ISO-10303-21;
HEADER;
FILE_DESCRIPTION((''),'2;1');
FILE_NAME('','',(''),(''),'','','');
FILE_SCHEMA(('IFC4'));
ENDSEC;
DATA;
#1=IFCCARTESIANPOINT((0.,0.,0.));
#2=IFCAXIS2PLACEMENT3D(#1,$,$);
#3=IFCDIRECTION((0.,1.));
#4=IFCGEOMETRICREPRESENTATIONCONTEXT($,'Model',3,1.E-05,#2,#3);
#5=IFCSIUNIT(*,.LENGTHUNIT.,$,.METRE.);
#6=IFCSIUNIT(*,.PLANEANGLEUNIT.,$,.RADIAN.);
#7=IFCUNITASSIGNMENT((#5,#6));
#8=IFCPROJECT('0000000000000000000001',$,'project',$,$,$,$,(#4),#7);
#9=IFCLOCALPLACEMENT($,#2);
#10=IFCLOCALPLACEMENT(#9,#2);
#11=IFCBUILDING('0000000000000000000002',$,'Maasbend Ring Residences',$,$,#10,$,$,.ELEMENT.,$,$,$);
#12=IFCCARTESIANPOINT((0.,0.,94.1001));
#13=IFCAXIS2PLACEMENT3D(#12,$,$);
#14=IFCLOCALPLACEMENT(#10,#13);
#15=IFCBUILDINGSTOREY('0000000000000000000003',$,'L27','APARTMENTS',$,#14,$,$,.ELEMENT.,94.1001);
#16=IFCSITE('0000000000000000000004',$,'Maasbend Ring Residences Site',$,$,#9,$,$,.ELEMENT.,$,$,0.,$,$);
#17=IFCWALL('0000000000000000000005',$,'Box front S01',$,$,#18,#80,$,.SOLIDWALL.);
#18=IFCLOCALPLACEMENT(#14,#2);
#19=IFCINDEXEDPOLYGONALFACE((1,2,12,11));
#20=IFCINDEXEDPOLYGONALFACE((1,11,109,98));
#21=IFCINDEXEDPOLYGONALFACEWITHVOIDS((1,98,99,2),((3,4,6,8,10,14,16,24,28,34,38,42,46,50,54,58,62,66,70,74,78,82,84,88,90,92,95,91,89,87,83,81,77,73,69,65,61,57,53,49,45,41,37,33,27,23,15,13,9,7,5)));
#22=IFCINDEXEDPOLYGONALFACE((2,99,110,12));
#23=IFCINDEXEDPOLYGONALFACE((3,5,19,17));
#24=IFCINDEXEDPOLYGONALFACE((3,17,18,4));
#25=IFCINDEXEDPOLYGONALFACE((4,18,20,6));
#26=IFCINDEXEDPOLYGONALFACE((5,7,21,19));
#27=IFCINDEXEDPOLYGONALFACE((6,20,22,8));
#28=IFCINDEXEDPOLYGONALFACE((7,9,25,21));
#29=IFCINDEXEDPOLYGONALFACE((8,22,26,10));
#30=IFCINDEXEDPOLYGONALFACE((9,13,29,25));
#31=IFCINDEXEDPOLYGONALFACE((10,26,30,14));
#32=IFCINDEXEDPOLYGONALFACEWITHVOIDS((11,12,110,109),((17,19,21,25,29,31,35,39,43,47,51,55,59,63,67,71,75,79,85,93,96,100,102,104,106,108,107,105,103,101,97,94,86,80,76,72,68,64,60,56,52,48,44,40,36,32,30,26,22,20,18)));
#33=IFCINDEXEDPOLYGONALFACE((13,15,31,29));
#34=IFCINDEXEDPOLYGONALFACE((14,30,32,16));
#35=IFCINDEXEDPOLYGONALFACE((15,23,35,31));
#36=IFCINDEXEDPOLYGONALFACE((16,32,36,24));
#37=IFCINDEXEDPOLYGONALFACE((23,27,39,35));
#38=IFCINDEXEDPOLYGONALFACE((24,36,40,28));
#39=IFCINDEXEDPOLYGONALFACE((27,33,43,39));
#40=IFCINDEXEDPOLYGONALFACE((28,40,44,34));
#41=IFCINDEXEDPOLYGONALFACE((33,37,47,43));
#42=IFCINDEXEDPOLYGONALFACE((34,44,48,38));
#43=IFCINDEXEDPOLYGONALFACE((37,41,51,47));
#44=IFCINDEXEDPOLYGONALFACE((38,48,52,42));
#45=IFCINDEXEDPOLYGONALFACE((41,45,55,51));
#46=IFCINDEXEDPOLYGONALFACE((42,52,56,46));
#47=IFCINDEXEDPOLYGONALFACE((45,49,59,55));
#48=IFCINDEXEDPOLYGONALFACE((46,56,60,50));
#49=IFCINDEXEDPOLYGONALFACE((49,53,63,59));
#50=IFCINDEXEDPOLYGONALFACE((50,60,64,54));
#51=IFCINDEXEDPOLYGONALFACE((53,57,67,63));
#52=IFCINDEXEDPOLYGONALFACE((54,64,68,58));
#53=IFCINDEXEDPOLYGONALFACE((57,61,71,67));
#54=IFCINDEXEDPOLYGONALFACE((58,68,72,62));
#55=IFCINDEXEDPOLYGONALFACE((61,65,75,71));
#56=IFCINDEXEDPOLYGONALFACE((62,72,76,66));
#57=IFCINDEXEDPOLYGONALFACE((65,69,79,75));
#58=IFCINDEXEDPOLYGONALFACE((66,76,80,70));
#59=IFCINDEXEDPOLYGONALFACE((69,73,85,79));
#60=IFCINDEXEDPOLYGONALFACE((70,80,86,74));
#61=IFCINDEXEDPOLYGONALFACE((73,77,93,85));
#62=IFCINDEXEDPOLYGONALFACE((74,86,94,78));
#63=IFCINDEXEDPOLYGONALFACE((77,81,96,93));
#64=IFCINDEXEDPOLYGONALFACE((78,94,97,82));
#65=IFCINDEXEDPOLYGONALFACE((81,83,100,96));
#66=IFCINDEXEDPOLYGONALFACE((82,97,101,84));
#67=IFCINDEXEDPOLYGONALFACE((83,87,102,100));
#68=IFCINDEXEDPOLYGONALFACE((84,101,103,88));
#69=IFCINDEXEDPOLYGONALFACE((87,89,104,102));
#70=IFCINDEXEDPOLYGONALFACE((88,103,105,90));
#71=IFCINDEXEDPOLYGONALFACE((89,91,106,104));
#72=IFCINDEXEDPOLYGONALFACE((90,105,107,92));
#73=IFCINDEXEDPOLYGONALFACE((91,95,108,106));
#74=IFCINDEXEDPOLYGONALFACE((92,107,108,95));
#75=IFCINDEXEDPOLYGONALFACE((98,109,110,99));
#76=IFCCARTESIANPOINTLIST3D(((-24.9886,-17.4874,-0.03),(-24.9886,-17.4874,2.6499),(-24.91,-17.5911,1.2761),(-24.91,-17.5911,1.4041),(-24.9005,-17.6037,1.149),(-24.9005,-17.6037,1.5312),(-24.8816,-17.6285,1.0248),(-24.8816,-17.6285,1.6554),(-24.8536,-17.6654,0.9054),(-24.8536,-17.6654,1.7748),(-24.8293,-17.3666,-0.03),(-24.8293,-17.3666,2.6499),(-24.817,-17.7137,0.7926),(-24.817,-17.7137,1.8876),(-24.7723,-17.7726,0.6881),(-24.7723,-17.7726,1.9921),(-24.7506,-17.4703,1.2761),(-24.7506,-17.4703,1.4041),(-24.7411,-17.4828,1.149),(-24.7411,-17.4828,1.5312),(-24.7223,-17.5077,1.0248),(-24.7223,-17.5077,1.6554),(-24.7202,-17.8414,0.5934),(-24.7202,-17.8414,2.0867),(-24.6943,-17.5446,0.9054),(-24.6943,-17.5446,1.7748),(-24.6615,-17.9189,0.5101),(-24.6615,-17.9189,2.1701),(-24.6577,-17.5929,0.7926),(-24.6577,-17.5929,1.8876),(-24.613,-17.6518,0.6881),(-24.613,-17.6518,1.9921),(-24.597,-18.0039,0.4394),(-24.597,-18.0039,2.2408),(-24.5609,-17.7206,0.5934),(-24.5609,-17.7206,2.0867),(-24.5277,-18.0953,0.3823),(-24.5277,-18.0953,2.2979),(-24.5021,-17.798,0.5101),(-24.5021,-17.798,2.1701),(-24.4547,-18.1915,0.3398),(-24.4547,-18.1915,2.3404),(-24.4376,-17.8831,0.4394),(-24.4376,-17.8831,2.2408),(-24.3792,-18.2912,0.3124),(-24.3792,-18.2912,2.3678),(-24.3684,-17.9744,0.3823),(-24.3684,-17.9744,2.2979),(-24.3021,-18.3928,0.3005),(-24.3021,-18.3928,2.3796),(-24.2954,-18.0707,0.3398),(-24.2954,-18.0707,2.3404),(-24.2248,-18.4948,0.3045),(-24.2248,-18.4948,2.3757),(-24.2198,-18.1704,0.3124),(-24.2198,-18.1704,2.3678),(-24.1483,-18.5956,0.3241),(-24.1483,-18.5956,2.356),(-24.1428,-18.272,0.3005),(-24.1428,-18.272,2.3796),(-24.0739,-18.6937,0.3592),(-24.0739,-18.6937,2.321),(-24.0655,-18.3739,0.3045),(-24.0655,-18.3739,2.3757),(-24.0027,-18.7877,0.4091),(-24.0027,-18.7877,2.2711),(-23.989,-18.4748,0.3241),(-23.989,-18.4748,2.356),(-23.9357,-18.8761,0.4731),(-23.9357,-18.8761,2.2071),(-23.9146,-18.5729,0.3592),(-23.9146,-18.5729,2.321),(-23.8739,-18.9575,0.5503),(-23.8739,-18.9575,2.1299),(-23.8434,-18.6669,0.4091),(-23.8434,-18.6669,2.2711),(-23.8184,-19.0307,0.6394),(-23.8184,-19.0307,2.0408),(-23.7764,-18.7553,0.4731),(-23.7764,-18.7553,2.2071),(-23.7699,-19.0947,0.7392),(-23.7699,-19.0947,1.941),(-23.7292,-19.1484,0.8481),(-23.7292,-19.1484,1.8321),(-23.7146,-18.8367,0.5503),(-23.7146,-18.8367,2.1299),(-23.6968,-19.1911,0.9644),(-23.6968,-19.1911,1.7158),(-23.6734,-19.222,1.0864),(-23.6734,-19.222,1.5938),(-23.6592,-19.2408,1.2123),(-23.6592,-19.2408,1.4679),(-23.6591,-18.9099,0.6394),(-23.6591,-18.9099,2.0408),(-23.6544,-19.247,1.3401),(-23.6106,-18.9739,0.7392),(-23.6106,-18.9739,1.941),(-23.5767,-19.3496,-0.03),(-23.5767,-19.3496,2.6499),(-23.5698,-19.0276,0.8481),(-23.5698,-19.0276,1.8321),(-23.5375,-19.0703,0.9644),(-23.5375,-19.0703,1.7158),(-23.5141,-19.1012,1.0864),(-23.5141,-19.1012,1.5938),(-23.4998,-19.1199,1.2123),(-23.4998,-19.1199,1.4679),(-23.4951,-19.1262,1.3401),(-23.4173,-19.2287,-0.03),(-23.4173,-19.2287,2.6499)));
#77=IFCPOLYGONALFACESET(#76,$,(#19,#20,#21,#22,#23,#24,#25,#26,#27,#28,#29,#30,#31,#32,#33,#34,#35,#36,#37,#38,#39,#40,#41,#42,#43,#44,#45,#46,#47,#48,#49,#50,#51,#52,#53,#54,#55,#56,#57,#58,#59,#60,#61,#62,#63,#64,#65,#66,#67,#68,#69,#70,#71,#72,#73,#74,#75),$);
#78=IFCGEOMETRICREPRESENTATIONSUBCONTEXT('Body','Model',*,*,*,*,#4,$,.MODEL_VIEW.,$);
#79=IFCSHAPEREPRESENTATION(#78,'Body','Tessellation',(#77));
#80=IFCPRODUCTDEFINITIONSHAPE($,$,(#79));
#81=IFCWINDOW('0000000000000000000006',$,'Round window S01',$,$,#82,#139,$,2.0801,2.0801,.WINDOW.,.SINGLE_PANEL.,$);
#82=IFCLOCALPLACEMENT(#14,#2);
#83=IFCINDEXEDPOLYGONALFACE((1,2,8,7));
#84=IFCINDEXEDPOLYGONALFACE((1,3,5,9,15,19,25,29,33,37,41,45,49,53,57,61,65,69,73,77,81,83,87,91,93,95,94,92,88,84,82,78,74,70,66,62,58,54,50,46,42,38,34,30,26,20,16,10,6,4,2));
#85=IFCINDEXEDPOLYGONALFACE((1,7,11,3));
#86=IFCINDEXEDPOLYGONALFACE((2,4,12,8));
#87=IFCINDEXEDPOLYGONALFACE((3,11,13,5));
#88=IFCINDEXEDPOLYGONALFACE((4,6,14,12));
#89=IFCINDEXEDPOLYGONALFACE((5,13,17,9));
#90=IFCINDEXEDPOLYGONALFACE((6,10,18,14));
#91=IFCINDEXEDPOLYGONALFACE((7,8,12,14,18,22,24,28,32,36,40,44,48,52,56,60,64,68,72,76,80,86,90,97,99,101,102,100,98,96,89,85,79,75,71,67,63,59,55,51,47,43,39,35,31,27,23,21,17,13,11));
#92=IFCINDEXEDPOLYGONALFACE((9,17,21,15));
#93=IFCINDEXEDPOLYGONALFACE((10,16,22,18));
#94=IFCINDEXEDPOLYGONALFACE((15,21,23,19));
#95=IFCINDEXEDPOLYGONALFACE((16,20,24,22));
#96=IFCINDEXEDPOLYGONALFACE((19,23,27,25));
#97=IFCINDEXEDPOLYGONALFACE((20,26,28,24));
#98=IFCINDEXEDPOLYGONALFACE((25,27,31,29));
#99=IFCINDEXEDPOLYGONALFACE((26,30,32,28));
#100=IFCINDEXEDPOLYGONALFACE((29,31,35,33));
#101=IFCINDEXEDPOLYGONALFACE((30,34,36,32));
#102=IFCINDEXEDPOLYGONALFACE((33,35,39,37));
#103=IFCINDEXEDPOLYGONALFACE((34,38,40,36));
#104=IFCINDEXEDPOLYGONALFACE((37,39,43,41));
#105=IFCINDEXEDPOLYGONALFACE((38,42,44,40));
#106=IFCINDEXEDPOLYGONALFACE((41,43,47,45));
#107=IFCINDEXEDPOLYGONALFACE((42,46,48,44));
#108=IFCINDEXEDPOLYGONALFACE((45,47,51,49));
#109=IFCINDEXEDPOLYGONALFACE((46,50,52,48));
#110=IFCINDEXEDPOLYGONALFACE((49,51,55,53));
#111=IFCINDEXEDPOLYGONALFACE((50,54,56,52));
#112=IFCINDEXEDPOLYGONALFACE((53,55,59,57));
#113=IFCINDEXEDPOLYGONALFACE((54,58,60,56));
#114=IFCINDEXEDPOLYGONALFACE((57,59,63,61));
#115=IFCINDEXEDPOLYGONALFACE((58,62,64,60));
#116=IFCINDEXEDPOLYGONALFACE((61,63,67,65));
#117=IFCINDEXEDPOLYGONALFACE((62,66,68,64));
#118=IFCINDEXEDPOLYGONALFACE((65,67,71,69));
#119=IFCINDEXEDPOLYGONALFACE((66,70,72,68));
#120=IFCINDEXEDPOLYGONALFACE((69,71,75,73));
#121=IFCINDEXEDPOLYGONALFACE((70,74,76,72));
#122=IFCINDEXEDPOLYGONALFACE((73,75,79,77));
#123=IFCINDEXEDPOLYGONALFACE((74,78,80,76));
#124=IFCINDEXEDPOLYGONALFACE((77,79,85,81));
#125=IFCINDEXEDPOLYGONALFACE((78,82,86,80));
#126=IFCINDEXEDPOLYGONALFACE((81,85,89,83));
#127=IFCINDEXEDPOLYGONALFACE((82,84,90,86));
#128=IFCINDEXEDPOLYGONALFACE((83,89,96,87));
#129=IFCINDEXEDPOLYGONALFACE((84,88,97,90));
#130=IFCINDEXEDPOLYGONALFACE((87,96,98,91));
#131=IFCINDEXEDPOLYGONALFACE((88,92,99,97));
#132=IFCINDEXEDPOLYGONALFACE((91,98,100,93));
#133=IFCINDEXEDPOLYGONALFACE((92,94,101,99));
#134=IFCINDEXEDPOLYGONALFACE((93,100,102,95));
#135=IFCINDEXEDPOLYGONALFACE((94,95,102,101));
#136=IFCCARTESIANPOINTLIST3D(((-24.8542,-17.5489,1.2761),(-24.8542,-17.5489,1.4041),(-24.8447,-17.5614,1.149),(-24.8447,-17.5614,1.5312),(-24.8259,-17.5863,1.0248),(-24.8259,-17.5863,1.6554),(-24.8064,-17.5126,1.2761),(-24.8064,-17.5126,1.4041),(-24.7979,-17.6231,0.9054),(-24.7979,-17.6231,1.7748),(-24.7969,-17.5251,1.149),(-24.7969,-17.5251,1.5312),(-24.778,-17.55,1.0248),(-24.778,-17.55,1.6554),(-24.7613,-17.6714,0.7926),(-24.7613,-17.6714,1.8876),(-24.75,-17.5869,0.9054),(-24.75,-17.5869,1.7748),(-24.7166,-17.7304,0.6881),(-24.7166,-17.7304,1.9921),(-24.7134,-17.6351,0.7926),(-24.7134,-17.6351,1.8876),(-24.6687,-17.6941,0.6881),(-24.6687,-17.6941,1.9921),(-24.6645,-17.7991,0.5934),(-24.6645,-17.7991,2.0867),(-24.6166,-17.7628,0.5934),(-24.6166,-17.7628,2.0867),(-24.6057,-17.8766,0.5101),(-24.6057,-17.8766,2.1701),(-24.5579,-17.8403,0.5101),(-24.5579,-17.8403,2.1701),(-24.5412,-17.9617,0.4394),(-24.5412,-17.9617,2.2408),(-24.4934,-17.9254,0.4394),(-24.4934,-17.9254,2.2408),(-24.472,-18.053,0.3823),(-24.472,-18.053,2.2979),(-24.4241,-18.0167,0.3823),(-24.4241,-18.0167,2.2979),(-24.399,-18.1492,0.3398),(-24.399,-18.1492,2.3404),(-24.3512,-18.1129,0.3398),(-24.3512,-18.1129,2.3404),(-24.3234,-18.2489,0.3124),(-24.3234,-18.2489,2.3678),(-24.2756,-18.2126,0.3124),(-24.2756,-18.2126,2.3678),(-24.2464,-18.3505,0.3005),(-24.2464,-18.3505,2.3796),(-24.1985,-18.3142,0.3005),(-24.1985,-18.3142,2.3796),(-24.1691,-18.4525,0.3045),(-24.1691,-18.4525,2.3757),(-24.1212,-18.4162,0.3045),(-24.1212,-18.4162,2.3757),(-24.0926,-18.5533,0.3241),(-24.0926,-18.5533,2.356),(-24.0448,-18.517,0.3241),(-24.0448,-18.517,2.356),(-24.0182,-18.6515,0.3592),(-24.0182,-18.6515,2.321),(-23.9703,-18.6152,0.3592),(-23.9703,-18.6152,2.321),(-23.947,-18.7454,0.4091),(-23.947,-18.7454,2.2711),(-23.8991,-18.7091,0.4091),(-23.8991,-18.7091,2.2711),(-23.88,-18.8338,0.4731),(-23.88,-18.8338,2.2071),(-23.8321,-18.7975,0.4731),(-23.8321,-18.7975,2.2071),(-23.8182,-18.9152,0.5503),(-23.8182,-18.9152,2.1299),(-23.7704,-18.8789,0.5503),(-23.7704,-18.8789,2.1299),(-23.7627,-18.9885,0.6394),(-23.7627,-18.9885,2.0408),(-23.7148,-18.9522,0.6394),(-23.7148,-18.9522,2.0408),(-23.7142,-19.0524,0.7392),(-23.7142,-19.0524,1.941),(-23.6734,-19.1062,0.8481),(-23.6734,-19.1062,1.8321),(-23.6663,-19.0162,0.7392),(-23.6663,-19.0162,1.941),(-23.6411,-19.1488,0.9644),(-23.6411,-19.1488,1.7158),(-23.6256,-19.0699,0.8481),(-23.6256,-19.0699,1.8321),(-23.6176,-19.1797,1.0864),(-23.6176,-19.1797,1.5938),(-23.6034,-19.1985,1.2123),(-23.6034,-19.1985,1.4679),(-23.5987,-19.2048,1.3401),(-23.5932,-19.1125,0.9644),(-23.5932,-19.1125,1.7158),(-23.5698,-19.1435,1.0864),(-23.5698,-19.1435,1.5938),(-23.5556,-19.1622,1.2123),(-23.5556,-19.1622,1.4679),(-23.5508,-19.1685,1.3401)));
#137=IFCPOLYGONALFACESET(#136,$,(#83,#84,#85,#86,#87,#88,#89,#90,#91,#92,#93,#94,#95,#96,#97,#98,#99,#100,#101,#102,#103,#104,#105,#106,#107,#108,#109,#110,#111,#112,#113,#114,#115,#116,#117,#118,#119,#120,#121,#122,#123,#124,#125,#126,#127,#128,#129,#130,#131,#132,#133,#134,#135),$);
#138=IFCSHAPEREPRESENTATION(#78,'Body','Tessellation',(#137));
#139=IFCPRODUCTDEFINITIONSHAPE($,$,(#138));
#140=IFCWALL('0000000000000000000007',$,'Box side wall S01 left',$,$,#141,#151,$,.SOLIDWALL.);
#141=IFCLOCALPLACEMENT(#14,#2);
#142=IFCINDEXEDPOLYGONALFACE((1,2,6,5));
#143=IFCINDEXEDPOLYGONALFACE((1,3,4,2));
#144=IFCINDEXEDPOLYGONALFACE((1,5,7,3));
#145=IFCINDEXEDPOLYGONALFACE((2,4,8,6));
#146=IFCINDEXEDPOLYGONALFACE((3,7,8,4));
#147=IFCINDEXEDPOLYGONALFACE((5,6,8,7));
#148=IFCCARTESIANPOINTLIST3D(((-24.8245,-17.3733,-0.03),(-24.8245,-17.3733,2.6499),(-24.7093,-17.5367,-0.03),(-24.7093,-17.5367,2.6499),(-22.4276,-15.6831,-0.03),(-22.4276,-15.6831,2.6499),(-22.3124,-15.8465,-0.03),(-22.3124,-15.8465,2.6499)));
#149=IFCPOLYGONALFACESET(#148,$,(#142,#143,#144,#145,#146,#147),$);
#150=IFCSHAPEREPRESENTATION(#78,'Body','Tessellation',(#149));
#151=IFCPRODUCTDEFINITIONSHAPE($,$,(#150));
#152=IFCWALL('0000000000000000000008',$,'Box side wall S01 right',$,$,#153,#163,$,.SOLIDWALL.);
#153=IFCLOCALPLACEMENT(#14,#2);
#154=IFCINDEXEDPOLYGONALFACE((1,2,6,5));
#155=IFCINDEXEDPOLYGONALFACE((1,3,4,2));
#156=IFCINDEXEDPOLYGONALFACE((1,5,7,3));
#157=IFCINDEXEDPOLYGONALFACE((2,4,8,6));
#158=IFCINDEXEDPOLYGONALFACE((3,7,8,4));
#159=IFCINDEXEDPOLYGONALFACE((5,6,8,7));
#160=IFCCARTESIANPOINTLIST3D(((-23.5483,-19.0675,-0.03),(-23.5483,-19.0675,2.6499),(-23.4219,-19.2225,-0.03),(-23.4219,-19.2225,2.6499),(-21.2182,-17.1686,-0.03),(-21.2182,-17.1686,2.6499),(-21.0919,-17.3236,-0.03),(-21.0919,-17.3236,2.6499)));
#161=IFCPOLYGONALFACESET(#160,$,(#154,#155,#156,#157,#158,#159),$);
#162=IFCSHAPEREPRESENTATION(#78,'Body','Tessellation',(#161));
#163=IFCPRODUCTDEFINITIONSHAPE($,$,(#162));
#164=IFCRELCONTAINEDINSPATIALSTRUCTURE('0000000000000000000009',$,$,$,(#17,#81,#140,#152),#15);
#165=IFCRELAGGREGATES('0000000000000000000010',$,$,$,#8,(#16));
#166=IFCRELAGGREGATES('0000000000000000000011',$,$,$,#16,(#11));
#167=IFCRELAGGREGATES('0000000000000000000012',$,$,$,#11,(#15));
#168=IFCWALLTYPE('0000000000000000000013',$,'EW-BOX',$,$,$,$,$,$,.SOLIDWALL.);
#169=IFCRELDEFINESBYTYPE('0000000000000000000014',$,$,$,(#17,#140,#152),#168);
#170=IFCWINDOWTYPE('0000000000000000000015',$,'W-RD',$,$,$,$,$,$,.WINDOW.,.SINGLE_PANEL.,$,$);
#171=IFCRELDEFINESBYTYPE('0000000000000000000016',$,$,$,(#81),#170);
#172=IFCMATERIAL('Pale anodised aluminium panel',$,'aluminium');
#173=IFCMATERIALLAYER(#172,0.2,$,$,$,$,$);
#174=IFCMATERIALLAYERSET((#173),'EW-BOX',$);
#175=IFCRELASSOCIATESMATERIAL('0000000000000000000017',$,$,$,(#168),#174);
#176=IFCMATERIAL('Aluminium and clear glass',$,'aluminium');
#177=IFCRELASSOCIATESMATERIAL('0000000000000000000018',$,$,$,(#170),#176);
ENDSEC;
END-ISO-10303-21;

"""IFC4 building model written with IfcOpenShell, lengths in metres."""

from ifc_helpers import new_model, si_unit, direction, frame, frame_2d, origin, place, context, subcontext, project, spatial, rectangle, circle, extrude, material, layer, layer_set, type_object, element, fill, save


model = new_model("IFC4")

# Units and contexts
model_context = context("Model", 3, precision=1e-05, world=origin(), true_north=direction((0.0, 1.0)))
body_context = subcontext(model_context, "Body", "Model", "MODEL_VIEW")
ifc_project = project(units=[si_unit("LENGTHUNIT", "METRE"), si_unit("PLANEANGLEUNIT", "RADIAN")], contexts=[model_context])

# Site, building, storey
site_placement = place(None, origin())
site = spatial("IfcSite", under=ifc_project, at=site_placement, Name="Maasbend Ring Residences Site", CompositionType="ELEMENT", RefElevation=0.0)
building_placement = place(site_placement, origin())
building = spatial("IfcBuilding", under=site, at=building_placement, Name="Maasbend Ring Residences", CompositionType="ELEMENT")
storey_placement = place(building_placement, frame((0.0, 0.0, 94.1001)))
storey = spatial("IfcBuildingStorey", under=building, at=storey_placement, Name="L27", Description="APARTMENTS", CompositionType="ELEMENT", Elevation=94.1001)

# Wall, opening, window
ifc_material_1 = material(Name="Pale anodised aluminium panel", Category="aluminium")
ifc_layer_1 = layer(ifc_material_1, 0.2)
ifc_layer_set_1 = layer_set([ifc_layer_1], Name="EW-BOX")
wall_type_1 = type_object("IfcWallType", Name="EW-BOX", PredefinedType="SOLIDWALL", material=ifc_layer_set_1)
wall_1_placement = place(storey_placement, frame((-24.9089, -17.427, -0.03), z_axis=(0.0, 0.0, 1.0), x_axis=(0.604188, -0.796842, 0.0)))
wall_1 = element("IfcWall", 1, at=wall_1_placement, inside=storey, type_object=wall_type_1, Name="Box front S01", PredefinedType="SOLIDWALL", context=body_context, shape_type="SweptSolid", body=[
    extrude(rectangle(XDim=2.3369, YDim=0.2, at=frame_2d((1.1685, 0.0))), origin(), (0.0, 0.0, 1.0), 2.6799),
])
opening_1_placement = place(wall_1_placement, frame((0.1282, 0.0, 0.3301)))
opening_1 = element("IfcOpeningElement", 2, at=opening_1_placement, cuts=wall_1, PredefinedType="OPENING", context=body_context, shape_type="SweptSolid", body=[
    extrude(circle(Radius=1.04, at=frame_2d((1.04, 1.04))), frame((0.0, 0.1099, 0.0), z_axis=(0.0, -1.0, 0.0), x_axis=(1.0, 0.0, 0.0)), (0.0, 0.0, 1.0), 0.22),
])
ifc_material_2 = material(Name="Aluminium and clear glass", Category="aluminium")
window_type_1 = type_object("IfcWindowType", Name="W-RD", PartitioningType="SINGLE_PANEL", PredefinedType="WINDOW", material=ifc_material_2)
window_1_placement = place(opening_1_placement, origin())
window_1 = element("IfcWindow", 3, at=window_1_placement, inside=storey, type_object=window_type_1, Name="Round window S01", OverallHeight=2.0801, OverallWidth=2.0801, PartitioningType="SINGLE_PANEL", PredefinedType="WINDOW", context=body_context, shape_type="SweptSolid", body=[
    extrude(circle(Radius=1.04, at=frame_2d((1.04, 1.04))), frame((0.0, 0.03, 0.0), z_axis=(0.0, -1.0, 0.0), x_axis=(1.0, 0.0, 0.0)), (0.0, 0.0, 1.0), 0.0601),
])
fill(opening_1, window_1)

# Walls
wall_2_placement = place(storey_placement, frame((-22.3701, -15.7649, -0.03), z_axis=(0.0, 0.0, 1.0), x_axis=(-0.817256, -0.576275, 0.0)))
element("IfcWall", 4, at=wall_2_placement, inside=storey, type_object=wall_type_1, Name="Box side wall S01 left", PredefinedType="SOLIDWALL", context=body_context, shape_type="SweptSolid", body=[
    extrude(rectangle(XDim=2.9329, YDim=0.2, at=frame_2d((1.4663, 0.0))), origin(), (0.0, 0.0, 1.0), 2.6799),
])
wall_3_placement = place(storey_placement, frame((-21.155, -17.2461, -0.03), z_axis=(0.0, 0.0, 1.0), x_axis=(-0.775179, -0.631742, 0.0)))
element("IfcWall", 5, at=wall_3_placement, inside=storey, type_object=wall_type_1, Name="Box side wall S01 right", PredefinedType="SOLIDWALL", context=body_context, shape_type="SweptSolid", body=[
    extrude(rectangle(XDim=3.0059, YDim=0.2, at=frame_2d((1.5029, 0.0))), origin(), (0.0, 0.0, 1.0), 2.6799),
])

save(model, "model.ifc")
